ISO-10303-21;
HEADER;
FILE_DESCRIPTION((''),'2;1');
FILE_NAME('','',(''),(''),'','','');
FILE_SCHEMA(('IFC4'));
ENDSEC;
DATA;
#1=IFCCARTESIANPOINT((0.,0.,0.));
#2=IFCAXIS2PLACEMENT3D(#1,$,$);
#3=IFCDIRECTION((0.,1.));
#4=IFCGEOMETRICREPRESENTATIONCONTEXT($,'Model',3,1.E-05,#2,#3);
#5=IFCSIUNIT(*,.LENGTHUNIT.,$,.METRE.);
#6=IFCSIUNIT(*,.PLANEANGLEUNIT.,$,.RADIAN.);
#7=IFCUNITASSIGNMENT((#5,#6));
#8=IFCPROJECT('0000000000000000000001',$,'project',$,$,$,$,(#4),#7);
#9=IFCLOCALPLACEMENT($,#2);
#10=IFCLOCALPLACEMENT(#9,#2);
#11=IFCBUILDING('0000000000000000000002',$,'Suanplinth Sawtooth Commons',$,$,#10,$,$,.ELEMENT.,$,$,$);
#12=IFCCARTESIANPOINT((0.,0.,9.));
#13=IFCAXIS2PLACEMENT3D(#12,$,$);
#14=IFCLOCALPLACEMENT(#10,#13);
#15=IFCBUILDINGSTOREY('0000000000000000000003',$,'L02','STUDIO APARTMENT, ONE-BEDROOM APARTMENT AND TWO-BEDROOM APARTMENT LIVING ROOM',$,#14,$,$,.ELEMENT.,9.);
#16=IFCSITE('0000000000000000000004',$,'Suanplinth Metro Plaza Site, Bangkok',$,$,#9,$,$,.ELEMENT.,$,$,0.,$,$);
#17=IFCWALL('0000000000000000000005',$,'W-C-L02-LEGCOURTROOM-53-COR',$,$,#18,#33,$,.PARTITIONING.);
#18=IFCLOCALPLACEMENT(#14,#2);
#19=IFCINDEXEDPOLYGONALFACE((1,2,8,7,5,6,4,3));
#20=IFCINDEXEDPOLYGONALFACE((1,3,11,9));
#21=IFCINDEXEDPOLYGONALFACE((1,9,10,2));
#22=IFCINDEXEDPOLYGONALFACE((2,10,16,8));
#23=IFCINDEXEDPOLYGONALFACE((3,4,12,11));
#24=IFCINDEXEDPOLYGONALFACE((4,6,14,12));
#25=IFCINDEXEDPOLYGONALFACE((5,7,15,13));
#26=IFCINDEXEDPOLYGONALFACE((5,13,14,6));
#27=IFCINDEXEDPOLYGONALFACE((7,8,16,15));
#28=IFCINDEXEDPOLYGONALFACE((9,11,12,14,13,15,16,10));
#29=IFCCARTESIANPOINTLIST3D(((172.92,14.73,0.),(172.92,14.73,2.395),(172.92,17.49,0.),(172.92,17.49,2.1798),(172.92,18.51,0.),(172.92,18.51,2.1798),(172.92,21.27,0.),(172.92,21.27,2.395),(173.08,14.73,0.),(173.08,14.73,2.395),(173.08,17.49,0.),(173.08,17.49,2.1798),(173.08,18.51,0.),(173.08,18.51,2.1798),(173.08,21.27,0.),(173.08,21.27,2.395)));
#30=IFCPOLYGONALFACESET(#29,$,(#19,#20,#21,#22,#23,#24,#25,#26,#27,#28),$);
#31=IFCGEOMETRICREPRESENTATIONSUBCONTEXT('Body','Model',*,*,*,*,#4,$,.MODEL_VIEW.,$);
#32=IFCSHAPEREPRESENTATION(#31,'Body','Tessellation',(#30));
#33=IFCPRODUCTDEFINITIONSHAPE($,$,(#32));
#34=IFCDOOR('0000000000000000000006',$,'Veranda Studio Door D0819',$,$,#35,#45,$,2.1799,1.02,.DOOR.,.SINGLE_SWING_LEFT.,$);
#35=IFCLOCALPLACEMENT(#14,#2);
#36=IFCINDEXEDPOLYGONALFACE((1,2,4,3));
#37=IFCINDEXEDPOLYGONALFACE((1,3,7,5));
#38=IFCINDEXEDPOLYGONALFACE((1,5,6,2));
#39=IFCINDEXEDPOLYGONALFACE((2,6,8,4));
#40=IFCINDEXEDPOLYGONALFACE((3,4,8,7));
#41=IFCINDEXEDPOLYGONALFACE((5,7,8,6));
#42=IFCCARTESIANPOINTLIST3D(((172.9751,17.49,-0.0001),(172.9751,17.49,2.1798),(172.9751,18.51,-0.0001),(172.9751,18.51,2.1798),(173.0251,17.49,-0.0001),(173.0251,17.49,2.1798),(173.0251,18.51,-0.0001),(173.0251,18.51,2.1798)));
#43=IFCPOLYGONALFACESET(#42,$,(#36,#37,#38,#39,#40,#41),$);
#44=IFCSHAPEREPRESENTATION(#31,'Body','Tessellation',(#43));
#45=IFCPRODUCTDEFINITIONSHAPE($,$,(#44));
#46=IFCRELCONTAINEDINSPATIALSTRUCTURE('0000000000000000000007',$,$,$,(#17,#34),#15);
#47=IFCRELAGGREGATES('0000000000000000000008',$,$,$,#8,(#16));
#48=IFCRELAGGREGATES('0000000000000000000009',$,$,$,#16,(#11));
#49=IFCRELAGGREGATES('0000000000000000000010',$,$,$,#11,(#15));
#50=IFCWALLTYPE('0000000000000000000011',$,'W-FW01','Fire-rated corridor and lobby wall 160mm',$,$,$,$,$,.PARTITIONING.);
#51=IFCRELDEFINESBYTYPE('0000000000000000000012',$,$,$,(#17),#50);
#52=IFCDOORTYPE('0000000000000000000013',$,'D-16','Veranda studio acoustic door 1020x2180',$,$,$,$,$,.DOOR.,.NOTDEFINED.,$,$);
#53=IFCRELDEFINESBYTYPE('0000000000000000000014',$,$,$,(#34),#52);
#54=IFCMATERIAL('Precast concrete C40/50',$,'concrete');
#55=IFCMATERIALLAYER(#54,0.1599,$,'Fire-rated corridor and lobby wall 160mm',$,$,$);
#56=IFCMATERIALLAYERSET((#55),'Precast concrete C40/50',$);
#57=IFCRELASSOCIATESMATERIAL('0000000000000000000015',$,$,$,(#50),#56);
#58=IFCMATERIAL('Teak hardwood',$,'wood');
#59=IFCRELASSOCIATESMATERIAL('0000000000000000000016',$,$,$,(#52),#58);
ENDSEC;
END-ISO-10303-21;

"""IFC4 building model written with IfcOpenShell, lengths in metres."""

from ifc_helpers import new_model, si_unit, direction, frame, frame_2d, origin, place, context, subcontext, project, spatial, rectangle, extrude, material, layer, layer_set, type_object, element, fill, save


model = new_model("IFC4")

# Units and contexts
model_context = context("Model", 3, precision=1e-05, world=origin(), true_north=direction((0.0, 1.0)))
body_context = subcontext(model_context, "Body", "Model", "MODEL_VIEW")
ifc_project = project(units=[si_unit("LENGTHUNIT", "METRE"), si_unit("PLANEANGLEUNIT", "RADIAN")], contexts=[model_context])

# Site, building, storey
site_placement = place(None, origin())
site = spatial("IfcSite", under=ifc_project, at=site_placement, Name="Suanplinth Metro Plaza Site, Bangkok", CompositionType="ELEMENT", RefElevation=0.0)
building_placement = place(site_placement, origin())
building = spatial("IfcBuilding", under=site, at=building_placement, Name="Suanplinth Sawtooth Commons", CompositionType="ELEMENT")
storey_placement = place(building_placement, frame((0.0, 0.0, 9.0)))
storey = spatial("IfcBuildingStorey", under=building, at=storey_placement, Name="L02", Description="STUDIO APARTMENT, ONE-BEDROOM APARTMENT AND TWO-BEDROOM APARTMENT LIVING ROOM", CompositionType="ELEMENT", Elevation=9.0)

# Shared definitions
ifc_material_1 = material(Name="Precast concrete C40/50", Category="concrete")

# Wall, opening, door
ifc_layer_1 = layer(ifc_material_1, 0.1599, Name="Fire-rated corridor and lobby wall 160mm")
ifc_layer_set_1 = layer_set([ifc_layer_1], Name="Precast concrete C40/50")
wall_type_1 = type_object("IfcWallType", Name="W-FW01", Description="Fire-rated corridor and lobby wall 160mm", PredefinedType="PARTITIONING", material=ifc_layer_set_1)
wall_1_placement = place(storey_placement, frame((173.0, 14.73, 0.0), z_axis=(0.0, 0.0, 1.0), x_axis=(0.0, 1.0, 0.0)))
wall_1 = element("IfcWall", 1, at=wall_1_placement, inside=storey, type_object=wall_type_1, Name="W-C-L02-LEGCOURTROOM-53-COR", PredefinedType="PARTITIONING", context=body_context, shape_type="SweptSolid", body=[
    extrude(rectangle(XDim=6.54, YDim=0.1599, at=frame_2d((3.27, 0.0))), origin(), (0.0, 0.0, 1.0), 2.395),
])
opening_1_placement = place(wall_1_placement, frame((2.76, 0.0, 0.0)))
opening_1 = element("IfcOpeningElement", 2, at=opening_1_placement, cuts=wall_1, PredefinedType="OPENING", context=body_context, shape_type="SweptSolid", body=[
    extrude(rectangle(XDim=1.02, YDim=2.1799, at=frame_2d((0.51, 1.0898))), frame((0.0, 0.0947, 0.0), z_axis=(0.0, -1.0, 0.0), x_axis=(1.0, 0.0, 0.0)), (0.0, 0.0, 1.0), 0.1897),
])
ifc_material_2 = material(Name="Teak hardwood", Category="wood")
door_type_1 = type_object("IfcDoorType", Name="D-16", Description="Veranda studio acoustic door 1020x2180", OperationType="NOTDEFINED", PredefinedType="DOOR", material=ifc_material_2)
door_1_placement = place(opening_1_placement, origin())
door_1 = element("IfcDoor", 3, at=door_1_placement, inside=storey, type_object=door_type_1, Name="Veranda Studio Door D0819", OperationType="SINGLE_SWING_LEFT", OverallHeight=2.1799, OverallWidth=1.02, PredefinedType="DOOR", context=body_context, shape_type="SweptSolid", body=[
    extrude(rectangle(XDim=1.02, YDim=2.1799, at=frame_2d((0.51, 1.0898))), frame((0.0, 0.0249, 0.0), z_axis=(0.0, -1.0, 0.0), x_axis=(1.0, 0.0, 0.0)), (0.0, 0.0, 1.0), 0.05),
])
fill(opening_1, door_1)

save(model, "model.ifc")
